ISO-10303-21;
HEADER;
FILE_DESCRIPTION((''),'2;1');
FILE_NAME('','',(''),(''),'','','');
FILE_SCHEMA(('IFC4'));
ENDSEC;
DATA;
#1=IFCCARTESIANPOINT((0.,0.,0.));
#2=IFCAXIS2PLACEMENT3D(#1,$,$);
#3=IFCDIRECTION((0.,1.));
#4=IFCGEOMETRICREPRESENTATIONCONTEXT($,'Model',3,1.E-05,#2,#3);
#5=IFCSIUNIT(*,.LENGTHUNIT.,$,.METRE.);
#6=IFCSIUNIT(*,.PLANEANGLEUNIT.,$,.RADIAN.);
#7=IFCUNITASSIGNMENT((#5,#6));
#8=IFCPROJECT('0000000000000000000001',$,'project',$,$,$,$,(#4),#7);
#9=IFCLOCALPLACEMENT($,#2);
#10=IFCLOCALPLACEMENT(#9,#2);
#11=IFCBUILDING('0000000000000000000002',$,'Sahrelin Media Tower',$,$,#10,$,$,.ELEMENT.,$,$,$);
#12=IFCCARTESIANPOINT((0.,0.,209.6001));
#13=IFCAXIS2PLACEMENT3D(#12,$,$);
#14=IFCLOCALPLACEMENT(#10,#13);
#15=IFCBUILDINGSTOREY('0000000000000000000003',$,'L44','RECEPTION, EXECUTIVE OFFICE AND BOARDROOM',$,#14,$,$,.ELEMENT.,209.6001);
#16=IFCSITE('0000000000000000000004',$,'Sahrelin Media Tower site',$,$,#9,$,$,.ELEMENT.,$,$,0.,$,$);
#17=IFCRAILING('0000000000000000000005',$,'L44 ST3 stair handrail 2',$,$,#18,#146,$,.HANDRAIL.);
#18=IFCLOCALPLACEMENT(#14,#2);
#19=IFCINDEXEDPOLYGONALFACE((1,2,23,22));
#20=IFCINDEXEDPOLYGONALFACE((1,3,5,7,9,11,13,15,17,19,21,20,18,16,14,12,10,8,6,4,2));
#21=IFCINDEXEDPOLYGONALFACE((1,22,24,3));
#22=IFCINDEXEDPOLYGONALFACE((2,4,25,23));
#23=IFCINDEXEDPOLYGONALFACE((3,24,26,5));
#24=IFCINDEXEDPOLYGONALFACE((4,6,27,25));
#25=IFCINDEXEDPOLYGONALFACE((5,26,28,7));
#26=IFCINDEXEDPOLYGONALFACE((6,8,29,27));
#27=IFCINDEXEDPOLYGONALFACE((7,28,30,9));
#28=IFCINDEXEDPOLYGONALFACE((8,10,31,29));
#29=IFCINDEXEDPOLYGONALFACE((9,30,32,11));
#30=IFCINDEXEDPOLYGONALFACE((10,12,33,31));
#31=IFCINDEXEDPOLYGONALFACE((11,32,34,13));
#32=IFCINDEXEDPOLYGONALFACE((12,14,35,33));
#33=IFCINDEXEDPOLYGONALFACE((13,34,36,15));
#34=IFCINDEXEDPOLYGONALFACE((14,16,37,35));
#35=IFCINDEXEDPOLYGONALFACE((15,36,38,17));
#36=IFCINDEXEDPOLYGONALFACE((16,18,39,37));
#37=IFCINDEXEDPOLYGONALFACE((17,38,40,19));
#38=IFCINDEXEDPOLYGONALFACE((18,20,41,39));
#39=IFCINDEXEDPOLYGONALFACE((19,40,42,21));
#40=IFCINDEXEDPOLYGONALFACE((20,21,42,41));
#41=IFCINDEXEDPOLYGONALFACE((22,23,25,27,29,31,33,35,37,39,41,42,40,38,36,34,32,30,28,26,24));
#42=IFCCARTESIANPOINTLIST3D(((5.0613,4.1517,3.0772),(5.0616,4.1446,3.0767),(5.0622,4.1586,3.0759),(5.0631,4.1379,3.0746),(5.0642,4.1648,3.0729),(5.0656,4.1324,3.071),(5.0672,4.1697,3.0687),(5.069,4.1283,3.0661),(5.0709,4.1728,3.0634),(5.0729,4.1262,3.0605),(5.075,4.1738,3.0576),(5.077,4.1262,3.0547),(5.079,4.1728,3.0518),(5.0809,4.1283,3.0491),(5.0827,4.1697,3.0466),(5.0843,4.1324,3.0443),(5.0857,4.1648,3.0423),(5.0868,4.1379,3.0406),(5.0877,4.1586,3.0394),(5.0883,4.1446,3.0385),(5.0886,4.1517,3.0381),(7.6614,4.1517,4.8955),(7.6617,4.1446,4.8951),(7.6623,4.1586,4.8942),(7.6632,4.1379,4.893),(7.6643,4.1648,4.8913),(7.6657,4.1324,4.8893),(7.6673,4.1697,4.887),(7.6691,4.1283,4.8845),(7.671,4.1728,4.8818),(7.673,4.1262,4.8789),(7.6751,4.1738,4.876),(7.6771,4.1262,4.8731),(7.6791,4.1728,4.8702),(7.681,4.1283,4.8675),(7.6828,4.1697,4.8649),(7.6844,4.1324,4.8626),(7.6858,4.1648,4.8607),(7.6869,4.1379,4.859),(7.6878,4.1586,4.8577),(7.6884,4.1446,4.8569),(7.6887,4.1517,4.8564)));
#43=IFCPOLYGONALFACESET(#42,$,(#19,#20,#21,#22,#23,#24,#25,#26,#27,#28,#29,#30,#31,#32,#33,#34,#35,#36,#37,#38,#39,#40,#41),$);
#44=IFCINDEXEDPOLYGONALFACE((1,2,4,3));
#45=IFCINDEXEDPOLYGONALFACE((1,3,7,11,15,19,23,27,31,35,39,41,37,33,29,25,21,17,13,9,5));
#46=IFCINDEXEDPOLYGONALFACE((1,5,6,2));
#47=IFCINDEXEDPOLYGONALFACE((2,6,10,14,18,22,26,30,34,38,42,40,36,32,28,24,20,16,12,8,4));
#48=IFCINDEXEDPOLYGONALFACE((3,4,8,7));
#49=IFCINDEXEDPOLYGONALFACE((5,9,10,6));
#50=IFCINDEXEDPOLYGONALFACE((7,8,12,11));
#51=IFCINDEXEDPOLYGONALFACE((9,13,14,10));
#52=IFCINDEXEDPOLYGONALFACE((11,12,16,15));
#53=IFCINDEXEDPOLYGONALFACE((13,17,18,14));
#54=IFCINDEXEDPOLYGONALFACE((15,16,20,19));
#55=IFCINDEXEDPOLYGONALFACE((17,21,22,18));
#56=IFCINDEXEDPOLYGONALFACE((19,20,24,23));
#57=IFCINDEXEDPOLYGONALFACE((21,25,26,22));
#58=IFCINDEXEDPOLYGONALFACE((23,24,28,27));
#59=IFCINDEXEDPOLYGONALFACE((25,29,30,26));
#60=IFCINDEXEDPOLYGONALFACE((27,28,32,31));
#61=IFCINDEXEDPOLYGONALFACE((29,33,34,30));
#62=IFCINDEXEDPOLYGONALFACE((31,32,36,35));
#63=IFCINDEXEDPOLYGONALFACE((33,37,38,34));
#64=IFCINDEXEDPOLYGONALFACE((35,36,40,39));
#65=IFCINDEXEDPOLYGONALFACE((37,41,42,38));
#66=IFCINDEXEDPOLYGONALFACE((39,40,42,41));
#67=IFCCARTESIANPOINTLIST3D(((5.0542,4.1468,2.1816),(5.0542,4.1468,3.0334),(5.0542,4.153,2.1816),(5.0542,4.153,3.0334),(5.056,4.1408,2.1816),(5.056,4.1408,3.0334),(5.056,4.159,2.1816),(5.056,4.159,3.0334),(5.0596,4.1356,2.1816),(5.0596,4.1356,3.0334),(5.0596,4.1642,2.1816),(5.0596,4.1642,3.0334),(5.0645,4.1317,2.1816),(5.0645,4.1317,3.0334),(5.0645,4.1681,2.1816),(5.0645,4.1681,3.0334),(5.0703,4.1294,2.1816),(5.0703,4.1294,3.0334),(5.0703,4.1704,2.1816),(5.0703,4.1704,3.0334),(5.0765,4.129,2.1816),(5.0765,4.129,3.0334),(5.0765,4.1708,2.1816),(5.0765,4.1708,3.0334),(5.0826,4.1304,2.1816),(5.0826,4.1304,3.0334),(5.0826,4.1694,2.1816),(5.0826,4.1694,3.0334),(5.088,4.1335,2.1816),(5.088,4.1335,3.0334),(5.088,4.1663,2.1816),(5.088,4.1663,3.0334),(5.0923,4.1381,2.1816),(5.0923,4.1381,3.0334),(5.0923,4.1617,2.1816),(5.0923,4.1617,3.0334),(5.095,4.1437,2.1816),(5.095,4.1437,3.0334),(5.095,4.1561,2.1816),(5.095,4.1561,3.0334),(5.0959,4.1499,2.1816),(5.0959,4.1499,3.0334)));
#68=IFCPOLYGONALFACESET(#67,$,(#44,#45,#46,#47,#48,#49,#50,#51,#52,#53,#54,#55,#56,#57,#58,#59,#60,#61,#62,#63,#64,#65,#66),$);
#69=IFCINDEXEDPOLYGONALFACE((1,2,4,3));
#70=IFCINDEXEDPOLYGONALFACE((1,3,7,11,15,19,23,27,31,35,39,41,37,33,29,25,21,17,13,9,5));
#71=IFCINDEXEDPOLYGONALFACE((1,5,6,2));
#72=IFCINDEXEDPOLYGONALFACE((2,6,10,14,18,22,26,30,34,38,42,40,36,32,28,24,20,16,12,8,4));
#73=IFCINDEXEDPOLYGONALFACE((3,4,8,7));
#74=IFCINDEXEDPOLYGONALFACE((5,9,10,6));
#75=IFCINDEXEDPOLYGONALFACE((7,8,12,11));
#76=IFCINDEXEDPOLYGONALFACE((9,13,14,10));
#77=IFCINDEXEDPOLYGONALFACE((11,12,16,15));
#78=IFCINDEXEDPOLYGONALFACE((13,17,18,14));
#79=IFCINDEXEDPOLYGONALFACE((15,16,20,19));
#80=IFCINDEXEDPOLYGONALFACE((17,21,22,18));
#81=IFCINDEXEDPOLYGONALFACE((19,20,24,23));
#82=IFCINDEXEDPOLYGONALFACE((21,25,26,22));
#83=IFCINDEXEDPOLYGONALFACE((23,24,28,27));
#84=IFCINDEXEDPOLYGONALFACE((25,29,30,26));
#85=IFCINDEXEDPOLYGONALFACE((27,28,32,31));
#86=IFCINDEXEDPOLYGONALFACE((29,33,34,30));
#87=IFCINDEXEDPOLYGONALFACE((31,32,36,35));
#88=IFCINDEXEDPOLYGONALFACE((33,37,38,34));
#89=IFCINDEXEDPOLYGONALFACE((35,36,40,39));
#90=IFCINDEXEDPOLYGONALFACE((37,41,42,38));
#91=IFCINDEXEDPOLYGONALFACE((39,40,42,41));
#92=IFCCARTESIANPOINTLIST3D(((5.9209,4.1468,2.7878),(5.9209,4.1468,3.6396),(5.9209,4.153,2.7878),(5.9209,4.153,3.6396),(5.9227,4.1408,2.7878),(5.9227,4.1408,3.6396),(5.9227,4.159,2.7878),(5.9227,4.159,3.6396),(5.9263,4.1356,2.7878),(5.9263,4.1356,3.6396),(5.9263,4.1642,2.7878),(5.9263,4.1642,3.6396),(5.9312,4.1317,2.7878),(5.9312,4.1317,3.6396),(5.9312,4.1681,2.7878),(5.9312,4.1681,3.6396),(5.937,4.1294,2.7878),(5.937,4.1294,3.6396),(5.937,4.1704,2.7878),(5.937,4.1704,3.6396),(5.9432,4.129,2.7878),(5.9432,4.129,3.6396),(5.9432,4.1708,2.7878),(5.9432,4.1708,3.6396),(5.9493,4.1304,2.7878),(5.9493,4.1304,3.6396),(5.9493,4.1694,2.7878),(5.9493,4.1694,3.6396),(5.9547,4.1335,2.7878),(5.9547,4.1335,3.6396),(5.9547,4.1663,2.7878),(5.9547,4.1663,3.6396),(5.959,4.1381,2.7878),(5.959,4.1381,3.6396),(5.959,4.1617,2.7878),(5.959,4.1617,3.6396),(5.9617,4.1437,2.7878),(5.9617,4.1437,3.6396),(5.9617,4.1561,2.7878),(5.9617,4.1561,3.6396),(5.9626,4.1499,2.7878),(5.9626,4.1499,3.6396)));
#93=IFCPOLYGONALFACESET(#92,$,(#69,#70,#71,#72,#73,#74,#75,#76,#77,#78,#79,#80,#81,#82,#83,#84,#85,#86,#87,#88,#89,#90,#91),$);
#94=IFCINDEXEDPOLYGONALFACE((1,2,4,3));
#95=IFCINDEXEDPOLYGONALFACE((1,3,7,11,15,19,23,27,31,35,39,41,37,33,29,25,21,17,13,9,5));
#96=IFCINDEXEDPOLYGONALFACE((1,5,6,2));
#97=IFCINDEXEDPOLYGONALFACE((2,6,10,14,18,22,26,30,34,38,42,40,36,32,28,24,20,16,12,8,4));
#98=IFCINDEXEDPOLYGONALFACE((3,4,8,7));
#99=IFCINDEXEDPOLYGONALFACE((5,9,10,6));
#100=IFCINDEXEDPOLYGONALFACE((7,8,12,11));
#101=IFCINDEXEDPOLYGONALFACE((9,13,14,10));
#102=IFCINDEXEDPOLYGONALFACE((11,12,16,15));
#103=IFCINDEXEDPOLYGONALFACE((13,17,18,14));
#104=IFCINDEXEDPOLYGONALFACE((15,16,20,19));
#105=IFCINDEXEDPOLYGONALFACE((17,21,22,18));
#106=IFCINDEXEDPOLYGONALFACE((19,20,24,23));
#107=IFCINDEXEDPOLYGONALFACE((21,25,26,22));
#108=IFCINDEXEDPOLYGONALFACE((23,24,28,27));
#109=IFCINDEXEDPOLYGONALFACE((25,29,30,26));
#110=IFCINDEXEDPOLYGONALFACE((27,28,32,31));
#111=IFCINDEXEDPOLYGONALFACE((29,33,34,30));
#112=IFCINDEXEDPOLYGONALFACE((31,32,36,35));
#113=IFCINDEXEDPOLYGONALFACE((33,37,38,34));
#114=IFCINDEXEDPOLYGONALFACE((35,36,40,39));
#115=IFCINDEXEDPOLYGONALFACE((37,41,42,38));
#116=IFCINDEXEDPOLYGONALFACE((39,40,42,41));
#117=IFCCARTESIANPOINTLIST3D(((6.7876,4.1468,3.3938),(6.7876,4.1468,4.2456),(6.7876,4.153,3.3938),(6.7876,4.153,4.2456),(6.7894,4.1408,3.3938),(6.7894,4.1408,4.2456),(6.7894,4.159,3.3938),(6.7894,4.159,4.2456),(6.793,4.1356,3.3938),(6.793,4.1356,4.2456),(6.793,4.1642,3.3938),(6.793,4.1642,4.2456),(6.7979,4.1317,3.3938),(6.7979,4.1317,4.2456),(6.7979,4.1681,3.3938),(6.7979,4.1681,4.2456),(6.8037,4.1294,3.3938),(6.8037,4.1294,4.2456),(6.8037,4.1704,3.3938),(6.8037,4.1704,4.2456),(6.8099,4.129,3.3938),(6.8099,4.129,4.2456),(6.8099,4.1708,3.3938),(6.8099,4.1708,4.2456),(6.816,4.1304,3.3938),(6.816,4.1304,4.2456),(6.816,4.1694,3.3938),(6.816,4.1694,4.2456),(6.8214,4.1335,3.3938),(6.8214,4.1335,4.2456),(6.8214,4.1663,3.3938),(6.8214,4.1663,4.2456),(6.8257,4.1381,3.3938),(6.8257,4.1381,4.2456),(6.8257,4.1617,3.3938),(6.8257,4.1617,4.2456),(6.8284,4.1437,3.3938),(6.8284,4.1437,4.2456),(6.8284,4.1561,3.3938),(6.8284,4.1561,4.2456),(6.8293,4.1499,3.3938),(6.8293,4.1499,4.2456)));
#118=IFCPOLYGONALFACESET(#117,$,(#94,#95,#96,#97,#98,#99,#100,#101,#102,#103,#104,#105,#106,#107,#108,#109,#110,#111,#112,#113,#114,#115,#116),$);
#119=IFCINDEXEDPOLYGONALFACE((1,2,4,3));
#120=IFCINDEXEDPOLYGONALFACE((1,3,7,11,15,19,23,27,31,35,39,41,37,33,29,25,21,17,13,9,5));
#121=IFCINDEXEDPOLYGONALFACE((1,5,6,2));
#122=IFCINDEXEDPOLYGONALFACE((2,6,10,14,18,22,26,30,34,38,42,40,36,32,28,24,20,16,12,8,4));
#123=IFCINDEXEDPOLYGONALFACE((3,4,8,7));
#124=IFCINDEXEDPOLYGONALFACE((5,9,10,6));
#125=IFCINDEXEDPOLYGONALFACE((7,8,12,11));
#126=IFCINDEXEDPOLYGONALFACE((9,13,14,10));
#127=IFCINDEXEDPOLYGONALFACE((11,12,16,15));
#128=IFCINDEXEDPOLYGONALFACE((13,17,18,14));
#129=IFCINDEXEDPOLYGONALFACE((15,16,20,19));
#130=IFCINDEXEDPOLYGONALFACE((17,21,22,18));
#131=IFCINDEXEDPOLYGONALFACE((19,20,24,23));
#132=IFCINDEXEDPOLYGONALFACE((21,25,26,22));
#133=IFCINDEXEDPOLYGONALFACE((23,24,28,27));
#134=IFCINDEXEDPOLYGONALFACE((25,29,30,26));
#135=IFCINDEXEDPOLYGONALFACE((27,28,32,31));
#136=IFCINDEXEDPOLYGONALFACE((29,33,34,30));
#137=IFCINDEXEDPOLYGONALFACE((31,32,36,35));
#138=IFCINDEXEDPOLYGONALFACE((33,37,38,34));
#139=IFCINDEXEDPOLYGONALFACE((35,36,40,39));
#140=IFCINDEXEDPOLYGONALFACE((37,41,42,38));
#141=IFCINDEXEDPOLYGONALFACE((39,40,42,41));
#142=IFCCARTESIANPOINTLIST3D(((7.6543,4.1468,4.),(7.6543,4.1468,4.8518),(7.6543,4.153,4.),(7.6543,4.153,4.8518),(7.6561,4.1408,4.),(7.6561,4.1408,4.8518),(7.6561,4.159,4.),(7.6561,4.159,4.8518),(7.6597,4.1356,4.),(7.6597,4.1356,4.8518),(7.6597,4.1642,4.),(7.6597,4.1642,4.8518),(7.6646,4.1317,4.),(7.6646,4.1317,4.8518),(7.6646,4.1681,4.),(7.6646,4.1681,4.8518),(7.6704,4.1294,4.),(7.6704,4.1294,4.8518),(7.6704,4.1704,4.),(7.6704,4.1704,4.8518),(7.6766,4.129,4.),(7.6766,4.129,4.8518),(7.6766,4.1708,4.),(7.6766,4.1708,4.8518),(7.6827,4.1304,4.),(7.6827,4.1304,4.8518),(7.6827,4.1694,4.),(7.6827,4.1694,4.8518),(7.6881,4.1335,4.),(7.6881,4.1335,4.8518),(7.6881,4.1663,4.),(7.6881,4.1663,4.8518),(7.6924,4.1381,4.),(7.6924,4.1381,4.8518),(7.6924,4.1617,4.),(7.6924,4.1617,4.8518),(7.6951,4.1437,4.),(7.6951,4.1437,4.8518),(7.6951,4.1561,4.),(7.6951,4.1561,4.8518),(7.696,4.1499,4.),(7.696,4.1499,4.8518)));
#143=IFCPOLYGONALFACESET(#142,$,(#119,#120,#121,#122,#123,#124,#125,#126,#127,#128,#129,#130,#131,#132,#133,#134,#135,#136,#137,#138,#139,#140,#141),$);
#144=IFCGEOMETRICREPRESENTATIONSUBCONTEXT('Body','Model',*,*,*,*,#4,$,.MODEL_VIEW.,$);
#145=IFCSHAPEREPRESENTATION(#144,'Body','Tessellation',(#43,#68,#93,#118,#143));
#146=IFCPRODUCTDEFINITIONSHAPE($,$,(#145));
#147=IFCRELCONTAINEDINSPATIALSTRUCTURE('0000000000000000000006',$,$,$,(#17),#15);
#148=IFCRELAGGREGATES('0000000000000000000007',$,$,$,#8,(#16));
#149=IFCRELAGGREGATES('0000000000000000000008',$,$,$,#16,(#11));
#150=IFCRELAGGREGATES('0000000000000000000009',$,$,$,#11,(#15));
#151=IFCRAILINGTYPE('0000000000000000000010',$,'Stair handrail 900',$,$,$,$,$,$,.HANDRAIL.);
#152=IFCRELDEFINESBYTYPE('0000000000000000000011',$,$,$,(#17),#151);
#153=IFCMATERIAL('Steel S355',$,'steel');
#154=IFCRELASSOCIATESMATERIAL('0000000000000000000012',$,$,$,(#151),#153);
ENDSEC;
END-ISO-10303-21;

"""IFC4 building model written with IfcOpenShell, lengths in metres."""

from ifc_helpers import new_model, si_unit, direction, frame, origin, origin_2d, place, context, subcontext, project, spatial, circle, extrude, material, type_object, element, save


model = new_model("IFC4")

# Units and contexts
model_context = context("Model", 3, precision=1e-05, world=origin(), true_north=direction((0.0, 1.0)))
body_context = subcontext(model_context, "Body", "Model", "MODEL_VIEW")
ifc_project = project(units=[si_unit("LENGTHUNIT", "METRE"), si_unit("PLANEANGLEUNIT", "RADIAN")], contexts=[model_context])

# Site, building, storey
site_placement = place(None, origin())
site = spatial("IfcSite", under=ifc_project, at=site_placement, Name="Sahrelin Media Tower site", CompositionType="ELEMENT", RefElevation=0.0)
building_placement = place(site_placement, origin())
building = spatial("IfcBuilding", under=site, at=building_placement, Name="Sahrelin Media Tower", CompositionType="ELEMENT")
storey_placement = place(building_placement, frame((0.0, 0.0, 209.6001)))
storey = spatial("IfcBuildingStorey", under=building, at=storey_placement, Name="L44", Description="RECEPTION, EXECUTIVE OFFICE AND BOARDROOM", CompositionType="ELEMENT", Elevation=209.6001)

# Shared definitions
ifc_material_1 = material(Name="Steel S355", Category="steel")

# Railing
railing_type_1 = type_object("IfcRailingType", Name="Stair handrail 900", PredefinedType="HANDRAIL", material=ifc_material_1)
railing_1_placement = place(storey_placement, frame((5.075, 4.1499, 2.1816)))
element("IfcRailing", 1, at=railing_1_placement, inside=storey, type_object=railing_type_1, Name="L44 ST3 stair handrail 2", PredefinedType="HANDRAIL", context=body_context, shape_type="SweptSolid", body=[
    extrude(circle(Radius=0.0239, at=origin_2d()), frame((0.0, 0.0, 0.876), z_axis=(0.819485, 0.0, 0.573101), x_axis=(0.0, 1.0, 0.0)), (0.0, 0.0, 1.0), 3.1729),
    extrude(circle(Radius=0.021, at=origin_2d()), origin(), (0.0, 0.0, 1.0), 0.8518),
    extrude(circle(Radius=0.021, at=origin_2d()), frame((0.8667, 0.0, 0.6062)), (0.0, 0.0, 1.0), 0.8518),
    extrude(circle(Radius=0.021, at=origin_2d()), frame((1.7334, 0.0, 1.2122)), (0.0, 0.0, 1.0), 0.8518),
    extrude(circle(Radius=0.021, at=origin_2d()), frame((2.6001, 0.0, 1.8184)), (0.0, 0.0, 1.0), 0.8518),
])

save(model, "model.ifc")
